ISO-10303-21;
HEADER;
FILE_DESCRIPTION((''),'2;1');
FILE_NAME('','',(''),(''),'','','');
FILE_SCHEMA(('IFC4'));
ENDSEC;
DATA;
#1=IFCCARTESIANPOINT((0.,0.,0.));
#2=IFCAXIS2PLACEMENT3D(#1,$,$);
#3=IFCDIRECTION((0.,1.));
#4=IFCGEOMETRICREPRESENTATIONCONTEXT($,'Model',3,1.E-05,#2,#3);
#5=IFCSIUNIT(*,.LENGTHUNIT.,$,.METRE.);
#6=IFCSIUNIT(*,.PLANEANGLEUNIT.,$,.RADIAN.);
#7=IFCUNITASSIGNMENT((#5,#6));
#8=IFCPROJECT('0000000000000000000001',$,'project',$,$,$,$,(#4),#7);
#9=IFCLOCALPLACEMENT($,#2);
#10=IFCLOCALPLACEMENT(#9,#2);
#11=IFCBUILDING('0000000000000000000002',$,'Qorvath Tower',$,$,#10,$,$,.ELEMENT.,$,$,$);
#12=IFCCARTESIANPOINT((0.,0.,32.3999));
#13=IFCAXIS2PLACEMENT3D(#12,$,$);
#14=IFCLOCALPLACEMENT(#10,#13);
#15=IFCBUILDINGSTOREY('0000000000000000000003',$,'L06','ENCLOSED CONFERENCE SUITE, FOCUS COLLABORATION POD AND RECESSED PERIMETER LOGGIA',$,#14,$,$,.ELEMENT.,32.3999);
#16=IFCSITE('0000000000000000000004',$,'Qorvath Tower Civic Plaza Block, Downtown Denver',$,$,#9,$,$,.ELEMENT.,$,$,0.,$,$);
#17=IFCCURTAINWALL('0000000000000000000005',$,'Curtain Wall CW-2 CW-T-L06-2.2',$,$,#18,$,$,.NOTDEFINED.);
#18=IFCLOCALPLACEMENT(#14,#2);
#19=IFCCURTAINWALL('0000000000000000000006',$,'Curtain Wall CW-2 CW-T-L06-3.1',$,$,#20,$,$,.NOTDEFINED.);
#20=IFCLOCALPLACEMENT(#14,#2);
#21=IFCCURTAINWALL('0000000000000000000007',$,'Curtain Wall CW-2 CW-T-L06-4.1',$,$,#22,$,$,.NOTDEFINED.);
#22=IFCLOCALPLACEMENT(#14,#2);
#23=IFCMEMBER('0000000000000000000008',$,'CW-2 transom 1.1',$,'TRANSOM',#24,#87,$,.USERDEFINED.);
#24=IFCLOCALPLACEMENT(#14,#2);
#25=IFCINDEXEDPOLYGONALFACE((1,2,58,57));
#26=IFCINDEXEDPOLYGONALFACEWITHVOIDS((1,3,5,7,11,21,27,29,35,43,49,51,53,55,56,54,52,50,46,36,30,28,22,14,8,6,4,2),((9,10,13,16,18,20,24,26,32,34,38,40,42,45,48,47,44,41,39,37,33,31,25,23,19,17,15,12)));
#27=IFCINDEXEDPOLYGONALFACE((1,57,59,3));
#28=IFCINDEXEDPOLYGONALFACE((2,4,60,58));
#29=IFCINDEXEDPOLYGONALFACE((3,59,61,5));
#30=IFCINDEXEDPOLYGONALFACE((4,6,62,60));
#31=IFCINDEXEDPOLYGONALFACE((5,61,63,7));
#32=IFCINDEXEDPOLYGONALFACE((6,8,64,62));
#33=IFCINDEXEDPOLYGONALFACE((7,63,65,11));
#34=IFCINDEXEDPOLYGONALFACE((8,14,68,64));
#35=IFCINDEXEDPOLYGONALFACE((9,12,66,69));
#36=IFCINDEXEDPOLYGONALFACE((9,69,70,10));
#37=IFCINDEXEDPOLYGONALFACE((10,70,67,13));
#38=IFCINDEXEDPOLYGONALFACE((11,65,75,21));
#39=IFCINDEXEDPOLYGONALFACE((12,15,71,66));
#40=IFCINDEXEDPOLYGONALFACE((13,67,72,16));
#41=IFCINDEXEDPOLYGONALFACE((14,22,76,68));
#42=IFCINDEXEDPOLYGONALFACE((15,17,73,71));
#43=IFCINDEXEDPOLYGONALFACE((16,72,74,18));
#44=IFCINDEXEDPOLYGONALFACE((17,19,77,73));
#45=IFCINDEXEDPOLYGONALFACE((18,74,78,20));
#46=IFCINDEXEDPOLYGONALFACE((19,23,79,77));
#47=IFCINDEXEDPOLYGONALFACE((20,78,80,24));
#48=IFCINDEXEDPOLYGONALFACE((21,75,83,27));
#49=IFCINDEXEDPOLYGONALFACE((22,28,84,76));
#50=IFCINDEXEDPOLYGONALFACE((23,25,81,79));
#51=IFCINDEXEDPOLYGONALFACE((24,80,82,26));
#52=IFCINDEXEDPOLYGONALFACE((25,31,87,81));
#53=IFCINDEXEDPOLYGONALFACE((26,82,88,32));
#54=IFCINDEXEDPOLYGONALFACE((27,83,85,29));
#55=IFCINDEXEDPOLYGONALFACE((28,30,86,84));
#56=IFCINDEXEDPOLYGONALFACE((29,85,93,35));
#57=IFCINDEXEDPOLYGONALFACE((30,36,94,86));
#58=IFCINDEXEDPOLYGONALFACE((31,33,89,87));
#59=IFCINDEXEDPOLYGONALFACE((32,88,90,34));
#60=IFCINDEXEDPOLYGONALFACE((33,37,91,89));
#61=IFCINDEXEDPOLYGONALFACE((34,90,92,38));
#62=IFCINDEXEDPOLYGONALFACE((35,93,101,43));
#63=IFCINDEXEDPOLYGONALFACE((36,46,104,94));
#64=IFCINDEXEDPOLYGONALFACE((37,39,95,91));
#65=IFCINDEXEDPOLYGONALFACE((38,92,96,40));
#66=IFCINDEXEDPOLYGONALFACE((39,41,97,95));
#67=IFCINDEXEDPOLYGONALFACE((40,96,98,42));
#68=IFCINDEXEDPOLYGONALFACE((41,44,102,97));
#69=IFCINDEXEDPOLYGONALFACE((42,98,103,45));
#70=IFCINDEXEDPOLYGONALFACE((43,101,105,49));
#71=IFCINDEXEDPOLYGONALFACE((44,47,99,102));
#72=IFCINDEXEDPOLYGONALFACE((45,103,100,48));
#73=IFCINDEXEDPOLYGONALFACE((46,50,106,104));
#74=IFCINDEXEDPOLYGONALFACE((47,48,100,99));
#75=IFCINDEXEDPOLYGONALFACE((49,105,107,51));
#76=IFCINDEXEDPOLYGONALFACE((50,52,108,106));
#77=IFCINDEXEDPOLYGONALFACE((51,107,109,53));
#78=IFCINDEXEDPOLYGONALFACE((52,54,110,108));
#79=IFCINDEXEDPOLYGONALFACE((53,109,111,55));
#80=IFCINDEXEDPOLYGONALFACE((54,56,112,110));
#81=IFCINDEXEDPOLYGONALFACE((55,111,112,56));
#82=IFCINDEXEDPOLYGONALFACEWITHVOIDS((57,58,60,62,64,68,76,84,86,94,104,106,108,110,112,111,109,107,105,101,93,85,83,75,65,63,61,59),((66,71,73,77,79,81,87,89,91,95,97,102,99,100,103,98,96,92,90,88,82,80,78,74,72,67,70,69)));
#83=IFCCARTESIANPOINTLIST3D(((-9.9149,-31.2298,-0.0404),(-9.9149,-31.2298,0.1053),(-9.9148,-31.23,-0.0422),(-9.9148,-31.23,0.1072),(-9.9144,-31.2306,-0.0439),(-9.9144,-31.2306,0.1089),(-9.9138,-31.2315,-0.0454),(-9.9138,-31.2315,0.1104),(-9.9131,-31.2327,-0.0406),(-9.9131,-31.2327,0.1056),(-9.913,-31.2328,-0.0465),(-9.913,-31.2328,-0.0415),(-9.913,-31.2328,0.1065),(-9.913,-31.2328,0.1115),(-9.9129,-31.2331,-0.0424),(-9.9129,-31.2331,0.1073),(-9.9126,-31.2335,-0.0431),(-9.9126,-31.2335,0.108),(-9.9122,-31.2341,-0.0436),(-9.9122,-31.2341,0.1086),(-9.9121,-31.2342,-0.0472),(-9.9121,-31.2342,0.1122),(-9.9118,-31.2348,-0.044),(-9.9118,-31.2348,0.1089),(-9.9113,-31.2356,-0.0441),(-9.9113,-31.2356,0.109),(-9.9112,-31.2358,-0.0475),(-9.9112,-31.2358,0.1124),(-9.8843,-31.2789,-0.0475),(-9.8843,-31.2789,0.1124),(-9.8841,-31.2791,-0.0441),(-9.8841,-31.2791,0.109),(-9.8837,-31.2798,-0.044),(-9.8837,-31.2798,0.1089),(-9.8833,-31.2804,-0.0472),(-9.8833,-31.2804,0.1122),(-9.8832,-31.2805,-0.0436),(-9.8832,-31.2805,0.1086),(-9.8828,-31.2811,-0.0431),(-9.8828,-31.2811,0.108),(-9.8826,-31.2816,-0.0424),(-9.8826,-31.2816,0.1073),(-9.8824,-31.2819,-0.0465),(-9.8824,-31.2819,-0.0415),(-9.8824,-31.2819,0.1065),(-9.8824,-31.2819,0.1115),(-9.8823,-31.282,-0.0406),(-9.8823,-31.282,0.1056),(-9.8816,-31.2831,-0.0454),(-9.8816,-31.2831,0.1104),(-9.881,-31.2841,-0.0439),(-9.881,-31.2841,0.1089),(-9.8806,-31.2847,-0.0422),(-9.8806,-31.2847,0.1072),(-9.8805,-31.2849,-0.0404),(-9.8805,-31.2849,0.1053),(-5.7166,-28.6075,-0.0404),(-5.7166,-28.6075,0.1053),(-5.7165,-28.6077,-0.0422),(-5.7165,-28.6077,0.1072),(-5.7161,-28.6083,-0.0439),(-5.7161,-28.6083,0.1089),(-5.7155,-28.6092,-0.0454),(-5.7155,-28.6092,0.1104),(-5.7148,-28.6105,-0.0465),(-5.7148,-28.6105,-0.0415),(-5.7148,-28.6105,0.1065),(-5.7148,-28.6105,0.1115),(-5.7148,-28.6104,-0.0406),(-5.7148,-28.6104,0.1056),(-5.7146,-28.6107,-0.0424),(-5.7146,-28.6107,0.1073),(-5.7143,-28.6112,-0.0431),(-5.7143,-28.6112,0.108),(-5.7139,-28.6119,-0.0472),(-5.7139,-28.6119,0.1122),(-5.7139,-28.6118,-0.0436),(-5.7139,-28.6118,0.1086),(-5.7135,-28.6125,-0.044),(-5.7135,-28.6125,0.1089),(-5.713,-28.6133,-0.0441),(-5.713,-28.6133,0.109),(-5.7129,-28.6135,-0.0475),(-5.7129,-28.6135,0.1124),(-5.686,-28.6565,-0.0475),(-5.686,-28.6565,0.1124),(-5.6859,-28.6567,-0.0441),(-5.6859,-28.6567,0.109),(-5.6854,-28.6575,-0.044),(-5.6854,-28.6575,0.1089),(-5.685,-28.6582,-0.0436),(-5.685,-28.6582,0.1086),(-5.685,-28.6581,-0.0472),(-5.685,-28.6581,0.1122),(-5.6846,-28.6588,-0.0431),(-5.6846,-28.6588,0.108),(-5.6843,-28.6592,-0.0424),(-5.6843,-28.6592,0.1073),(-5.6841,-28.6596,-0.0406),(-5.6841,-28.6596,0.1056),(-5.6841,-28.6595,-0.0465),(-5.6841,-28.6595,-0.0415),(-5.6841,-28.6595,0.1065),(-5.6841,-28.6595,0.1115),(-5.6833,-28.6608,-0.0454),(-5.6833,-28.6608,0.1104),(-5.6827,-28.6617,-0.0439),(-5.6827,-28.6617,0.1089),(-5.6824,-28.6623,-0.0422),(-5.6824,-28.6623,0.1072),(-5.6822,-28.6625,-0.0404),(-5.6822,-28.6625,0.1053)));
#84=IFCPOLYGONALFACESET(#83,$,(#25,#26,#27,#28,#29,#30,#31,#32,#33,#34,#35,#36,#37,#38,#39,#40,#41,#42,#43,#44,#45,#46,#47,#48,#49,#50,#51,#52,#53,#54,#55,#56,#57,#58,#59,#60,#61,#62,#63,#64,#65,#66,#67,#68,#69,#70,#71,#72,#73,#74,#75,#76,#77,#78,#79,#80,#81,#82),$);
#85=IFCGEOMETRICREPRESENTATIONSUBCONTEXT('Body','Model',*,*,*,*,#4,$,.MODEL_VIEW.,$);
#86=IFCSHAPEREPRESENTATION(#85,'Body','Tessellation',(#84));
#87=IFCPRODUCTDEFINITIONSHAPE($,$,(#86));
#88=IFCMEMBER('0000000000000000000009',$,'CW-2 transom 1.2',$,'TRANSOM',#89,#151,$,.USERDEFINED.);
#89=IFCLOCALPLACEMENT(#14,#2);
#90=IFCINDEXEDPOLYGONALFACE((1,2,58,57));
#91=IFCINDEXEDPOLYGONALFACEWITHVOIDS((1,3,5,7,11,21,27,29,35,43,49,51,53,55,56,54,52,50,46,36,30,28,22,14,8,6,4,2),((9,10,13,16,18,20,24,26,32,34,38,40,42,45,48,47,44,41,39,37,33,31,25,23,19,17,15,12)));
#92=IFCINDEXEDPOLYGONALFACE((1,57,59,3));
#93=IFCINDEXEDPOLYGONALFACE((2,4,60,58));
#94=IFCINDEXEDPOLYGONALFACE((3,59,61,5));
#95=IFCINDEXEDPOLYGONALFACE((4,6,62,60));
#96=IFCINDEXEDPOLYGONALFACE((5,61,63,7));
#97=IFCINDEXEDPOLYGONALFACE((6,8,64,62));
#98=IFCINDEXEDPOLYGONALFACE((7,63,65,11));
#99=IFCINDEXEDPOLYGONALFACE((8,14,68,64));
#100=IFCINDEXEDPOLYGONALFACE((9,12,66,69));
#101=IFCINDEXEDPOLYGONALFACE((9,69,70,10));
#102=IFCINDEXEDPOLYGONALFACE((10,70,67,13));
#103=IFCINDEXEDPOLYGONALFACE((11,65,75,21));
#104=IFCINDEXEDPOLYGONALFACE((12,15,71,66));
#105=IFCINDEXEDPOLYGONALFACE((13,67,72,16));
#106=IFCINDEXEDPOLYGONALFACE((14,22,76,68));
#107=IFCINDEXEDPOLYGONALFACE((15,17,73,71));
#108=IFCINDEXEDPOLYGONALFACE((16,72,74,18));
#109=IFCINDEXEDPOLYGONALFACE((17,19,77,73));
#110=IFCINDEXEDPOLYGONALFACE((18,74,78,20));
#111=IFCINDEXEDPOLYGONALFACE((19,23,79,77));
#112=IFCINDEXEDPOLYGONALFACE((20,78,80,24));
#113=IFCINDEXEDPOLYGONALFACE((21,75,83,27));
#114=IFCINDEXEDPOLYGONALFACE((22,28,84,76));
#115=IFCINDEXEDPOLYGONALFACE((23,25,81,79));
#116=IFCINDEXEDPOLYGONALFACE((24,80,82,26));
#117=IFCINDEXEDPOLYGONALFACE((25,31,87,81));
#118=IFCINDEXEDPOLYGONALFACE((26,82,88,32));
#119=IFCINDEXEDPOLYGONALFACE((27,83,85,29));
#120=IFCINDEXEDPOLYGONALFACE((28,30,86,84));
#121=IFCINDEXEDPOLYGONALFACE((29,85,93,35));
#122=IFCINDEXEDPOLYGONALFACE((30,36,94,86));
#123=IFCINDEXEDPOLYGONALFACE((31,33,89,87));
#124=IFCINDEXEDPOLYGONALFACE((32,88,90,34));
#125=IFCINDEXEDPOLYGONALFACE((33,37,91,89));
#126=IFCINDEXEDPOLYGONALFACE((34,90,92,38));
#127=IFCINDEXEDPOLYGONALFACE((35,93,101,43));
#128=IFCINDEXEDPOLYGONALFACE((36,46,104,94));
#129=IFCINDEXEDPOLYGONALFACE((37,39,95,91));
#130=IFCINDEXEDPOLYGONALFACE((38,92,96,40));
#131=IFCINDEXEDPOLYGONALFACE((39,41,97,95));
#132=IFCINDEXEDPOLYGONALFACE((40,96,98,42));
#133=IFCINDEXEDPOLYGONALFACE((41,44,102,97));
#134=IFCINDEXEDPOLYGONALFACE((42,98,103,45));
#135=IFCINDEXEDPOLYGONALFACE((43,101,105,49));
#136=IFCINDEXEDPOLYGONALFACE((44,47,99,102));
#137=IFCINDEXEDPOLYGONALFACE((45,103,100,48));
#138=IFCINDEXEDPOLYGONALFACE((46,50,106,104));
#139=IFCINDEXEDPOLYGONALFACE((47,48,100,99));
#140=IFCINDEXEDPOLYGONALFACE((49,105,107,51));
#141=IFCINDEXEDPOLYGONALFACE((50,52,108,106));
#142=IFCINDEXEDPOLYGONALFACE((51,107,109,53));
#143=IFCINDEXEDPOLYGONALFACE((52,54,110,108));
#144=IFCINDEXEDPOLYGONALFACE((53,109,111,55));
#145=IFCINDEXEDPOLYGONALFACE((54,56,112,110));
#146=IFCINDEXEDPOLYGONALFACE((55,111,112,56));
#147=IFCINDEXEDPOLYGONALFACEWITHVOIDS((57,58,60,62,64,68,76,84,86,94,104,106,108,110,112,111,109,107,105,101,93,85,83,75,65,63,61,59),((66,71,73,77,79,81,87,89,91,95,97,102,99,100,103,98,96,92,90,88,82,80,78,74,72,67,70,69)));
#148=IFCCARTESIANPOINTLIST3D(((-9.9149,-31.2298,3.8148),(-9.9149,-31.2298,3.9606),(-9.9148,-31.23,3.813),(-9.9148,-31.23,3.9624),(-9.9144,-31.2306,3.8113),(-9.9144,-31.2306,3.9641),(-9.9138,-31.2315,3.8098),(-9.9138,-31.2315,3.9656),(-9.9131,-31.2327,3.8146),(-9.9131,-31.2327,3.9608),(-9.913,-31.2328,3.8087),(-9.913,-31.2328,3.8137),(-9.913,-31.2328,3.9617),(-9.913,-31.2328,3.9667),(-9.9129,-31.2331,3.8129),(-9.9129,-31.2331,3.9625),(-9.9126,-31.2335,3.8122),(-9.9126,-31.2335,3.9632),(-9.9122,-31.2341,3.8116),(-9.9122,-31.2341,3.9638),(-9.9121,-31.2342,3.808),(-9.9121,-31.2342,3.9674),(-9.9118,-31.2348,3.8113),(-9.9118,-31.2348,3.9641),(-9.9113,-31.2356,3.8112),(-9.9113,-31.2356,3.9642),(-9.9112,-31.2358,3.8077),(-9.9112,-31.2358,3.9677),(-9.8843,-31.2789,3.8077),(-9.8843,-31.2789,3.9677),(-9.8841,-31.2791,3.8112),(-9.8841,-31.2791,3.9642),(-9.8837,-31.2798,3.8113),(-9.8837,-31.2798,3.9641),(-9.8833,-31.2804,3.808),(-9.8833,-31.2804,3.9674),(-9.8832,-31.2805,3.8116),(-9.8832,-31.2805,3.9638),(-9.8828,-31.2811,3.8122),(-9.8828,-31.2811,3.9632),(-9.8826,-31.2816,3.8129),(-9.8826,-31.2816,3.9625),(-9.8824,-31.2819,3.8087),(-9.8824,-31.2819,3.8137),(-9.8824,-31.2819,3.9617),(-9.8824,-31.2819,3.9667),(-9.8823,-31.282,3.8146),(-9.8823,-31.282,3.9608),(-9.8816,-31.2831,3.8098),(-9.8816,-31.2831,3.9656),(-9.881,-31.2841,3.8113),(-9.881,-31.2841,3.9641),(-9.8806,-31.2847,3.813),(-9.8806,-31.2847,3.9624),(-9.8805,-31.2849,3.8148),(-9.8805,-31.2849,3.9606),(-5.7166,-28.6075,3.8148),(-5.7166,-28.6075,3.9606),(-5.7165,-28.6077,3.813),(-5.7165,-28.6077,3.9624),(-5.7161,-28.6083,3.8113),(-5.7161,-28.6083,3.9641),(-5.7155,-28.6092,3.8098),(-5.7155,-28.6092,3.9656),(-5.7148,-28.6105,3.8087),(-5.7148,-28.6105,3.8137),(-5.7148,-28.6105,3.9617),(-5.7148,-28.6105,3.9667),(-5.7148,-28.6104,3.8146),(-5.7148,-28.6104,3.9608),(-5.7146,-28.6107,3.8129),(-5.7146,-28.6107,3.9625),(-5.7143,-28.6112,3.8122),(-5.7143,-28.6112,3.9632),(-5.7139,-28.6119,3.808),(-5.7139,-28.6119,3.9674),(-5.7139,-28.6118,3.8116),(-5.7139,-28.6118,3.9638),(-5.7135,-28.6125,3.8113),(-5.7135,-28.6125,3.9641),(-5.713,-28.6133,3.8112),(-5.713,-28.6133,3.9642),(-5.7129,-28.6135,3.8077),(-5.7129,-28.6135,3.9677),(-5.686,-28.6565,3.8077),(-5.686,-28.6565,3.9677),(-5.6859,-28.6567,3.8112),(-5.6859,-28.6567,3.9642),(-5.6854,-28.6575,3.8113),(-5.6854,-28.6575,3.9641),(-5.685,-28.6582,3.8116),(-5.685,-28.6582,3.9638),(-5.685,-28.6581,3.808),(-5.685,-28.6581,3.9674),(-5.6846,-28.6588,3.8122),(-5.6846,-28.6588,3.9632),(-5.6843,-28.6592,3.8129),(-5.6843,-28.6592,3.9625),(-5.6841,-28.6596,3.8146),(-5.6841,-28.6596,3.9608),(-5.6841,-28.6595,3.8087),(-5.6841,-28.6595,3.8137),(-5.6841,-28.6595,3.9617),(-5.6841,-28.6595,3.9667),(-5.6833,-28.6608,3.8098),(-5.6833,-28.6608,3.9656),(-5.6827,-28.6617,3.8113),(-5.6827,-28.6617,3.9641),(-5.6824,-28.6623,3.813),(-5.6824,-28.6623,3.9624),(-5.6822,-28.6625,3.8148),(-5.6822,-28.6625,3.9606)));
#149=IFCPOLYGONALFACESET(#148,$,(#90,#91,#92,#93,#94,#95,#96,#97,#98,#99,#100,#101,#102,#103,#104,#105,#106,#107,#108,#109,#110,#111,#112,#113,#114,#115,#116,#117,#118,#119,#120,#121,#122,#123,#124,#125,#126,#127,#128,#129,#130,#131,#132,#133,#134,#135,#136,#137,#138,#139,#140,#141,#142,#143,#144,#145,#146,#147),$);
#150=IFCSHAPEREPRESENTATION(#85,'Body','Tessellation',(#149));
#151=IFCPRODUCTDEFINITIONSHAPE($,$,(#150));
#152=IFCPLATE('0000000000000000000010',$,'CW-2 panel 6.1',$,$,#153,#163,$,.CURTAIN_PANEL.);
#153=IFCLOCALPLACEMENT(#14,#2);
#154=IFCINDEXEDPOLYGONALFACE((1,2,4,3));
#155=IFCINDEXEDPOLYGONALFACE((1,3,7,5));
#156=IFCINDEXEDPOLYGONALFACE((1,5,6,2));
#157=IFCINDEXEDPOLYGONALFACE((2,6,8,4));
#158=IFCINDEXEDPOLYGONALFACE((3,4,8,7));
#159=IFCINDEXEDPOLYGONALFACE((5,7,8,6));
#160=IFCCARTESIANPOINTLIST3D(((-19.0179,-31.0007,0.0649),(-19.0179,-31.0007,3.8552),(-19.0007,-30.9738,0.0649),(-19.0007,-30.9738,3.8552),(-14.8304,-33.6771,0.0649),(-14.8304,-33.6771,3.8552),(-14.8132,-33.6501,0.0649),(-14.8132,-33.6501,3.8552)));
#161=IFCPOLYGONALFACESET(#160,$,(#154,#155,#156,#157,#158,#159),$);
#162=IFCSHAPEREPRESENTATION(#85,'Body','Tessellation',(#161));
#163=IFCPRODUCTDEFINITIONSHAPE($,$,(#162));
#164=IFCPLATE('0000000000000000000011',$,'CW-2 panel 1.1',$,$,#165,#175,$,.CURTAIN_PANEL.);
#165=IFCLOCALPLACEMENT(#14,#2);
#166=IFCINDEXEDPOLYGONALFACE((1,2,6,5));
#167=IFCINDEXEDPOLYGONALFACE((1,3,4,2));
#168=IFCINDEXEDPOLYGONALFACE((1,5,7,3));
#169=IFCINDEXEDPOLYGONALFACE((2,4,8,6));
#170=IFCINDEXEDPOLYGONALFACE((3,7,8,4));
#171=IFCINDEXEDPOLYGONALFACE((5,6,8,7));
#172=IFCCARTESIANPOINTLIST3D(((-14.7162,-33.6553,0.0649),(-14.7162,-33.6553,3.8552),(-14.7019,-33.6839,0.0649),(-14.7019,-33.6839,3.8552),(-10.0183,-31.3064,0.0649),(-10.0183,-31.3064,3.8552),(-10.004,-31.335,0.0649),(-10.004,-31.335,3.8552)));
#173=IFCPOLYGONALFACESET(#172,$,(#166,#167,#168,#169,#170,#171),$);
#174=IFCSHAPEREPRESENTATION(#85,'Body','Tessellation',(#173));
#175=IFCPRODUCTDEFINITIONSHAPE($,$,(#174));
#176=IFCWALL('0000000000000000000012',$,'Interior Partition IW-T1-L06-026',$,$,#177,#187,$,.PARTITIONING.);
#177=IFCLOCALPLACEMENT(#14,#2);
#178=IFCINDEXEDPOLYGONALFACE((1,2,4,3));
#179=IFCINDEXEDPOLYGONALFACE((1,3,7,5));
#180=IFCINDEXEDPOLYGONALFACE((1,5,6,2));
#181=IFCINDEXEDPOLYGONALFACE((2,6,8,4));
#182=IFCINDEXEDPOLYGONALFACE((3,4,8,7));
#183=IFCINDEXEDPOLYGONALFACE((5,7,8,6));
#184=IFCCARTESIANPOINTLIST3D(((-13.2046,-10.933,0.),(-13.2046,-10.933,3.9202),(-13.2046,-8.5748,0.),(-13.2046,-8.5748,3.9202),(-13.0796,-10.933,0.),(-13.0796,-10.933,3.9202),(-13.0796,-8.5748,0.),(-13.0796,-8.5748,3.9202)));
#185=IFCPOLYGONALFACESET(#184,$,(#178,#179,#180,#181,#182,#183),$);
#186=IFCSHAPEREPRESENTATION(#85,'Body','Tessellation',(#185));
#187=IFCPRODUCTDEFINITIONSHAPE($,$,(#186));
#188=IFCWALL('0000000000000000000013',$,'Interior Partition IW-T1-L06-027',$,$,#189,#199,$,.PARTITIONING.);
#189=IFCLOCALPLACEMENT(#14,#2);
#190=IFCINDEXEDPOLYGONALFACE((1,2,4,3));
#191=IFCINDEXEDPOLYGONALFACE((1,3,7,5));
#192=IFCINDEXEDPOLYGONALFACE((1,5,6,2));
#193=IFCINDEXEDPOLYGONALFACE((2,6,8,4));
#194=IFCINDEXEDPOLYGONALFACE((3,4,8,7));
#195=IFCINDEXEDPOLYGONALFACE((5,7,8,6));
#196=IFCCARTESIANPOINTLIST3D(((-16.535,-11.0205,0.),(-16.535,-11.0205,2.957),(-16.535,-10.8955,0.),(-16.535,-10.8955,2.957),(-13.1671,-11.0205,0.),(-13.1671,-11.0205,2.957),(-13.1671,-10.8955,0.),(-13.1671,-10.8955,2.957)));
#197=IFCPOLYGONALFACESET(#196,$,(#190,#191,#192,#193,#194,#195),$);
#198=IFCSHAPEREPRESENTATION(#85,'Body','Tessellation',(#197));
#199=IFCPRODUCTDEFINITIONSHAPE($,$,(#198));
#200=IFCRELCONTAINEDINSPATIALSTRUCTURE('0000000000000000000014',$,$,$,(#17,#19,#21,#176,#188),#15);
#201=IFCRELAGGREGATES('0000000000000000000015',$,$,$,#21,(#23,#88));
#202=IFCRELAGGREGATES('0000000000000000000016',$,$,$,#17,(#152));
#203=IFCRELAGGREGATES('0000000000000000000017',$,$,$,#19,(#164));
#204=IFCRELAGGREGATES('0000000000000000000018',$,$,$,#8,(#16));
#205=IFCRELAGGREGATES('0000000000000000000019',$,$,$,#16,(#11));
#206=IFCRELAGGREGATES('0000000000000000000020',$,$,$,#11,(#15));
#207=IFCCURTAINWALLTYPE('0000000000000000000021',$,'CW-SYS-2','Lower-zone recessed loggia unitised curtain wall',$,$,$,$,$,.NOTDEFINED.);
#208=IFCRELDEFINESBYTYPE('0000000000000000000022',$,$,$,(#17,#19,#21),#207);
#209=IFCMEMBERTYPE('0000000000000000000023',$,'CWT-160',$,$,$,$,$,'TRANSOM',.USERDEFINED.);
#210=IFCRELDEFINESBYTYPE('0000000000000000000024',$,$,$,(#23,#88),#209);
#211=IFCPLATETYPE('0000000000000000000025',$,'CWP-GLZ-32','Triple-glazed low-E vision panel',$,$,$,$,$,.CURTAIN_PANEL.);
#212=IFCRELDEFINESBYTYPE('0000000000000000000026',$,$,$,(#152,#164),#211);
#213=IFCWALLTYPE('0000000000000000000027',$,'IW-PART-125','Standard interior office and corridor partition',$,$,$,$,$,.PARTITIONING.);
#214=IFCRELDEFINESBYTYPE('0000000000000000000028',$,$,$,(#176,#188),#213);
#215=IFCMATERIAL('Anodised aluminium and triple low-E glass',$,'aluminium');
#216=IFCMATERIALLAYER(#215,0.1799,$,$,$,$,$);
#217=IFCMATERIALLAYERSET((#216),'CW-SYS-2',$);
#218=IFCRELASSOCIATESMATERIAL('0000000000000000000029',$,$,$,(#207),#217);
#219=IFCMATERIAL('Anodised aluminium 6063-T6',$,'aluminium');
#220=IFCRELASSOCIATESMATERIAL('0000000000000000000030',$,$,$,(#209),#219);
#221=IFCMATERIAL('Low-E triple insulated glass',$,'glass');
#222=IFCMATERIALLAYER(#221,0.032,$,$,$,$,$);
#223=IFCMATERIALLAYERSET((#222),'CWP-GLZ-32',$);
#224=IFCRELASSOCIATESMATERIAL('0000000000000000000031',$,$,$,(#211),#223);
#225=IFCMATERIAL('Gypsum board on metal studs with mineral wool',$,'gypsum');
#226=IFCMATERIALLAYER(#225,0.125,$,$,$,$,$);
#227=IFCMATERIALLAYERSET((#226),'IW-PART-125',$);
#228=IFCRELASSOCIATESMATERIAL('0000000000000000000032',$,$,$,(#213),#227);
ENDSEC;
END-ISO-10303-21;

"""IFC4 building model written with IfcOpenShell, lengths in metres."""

from ifc_helpers import new_model, si_unit, direction, frame, frame_2d, origin, origin_2d, place, context, subcontext, project, spatial, rectangle, hollow_rectangle, extrude, material, layer, layer_set, material_profile, profile_set, type_object, element, aggregate, save


model = new_model("IFC4")

# Units and contexts
model_context = context("Model", 3, precision=1e-05, world=origin(), true_north=direction((0.0, 1.0)))
body_context = subcontext(model_context, "Body", "Model", "MODEL_VIEW")
ifc_project = project(units=[si_unit("LENGTHUNIT", "METRE"), si_unit("PLANEANGLEUNIT", "RADIAN")], contexts=[model_context])

# Site, building, storey
site_placement = place(None, origin())
site = spatial("IfcSite", under=ifc_project, at=site_placement, Name="Qorvath Tower Civic Plaza Block, Downtown Denver", CompositionType="ELEMENT", RefElevation=0.0)
building_placement = place(site_placement, origin())
building = spatial("IfcBuilding", under=site, at=building_placement, Name="Qorvath Tower", CompositionType="ELEMENT")
storey_placement = place(building_placement, frame((0.0, 0.0, 32.3999)))
storey = spatial("IfcBuildingStorey", under=building, at=storey_placement, Name="L06", Description="ENCLOSED CONFERENCE SUITE, FOCUS COLLABORATION POD AND RECESSED PERIMETER LOGGIA", CompositionType="ELEMENT", Elevation=32.3999)

# Curtain walls
ifc_material_1 = material(Name="Anodised aluminium and triple low-E glass", Category="aluminium")
ifc_layer_1 = layer(ifc_material_1, 0.1799)
ifc_layer_set_1 = layer_set([ifc_layer_1], Name="CW-SYS-2")
curtain_wall_type = type_object("IfcCurtainWallType", Name="CW-SYS-2", Description="Lower-zone recessed loggia unitised curtain wall", PredefinedType="NOTDEFINED", material=ifc_layer_set_1)
curtain_wall_1_placement = place(storey_placement, origin())
curtain_wall_1 = element("IfcCurtainWall", 1, at=curtain_wall_1_placement, inside=storey, type_object=curtain_wall_type, Name="Curtain Wall CW-2 CW-T-L06-2.2", PredefinedType="NOTDEFINED")
curtain_wall_2_placement = place(storey_placement, origin())
curtain_wall_2 = element("IfcCurtainWall", 2, at=curtain_wall_2_placement, inside=storey, type_object=curtain_wall_type, Name="Curtain Wall CW-2 CW-T-L06-3.1", PredefinedType="NOTDEFINED")

# Curtain wall
curtain_wall_3_placement = place(storey_placement, origin())
curtain_wall_3 = element("IfcCurtainWall", 3, at=curtain_wall_3_placement, inside=storey, type_object=curtain_wall_type, Name="Curtain Wall CW-2 CW-T-L06-4.1", PredefinedType="NOTDEFINED")

# Members
ifc_material_2 = material(Name="Anodised aluminium 6063-T6", Category="aluminium")
ifc_material_profile_1 = material_profile(ifc_material_2, hollow_rectangle(XDim=0.0649, YDim=0.1599, WallThickness=0.0034, InnerFilletRadius=0.0034, OuterFilletRadius=0.0071, at=origin_2d()), Name="CWT 160x65")
ifc_profile_set_1 = profile_set([ifc_material_profile_1], Name="Anodised aluminium 6063-T6")
member_type_1 = type_object("IfcMemberType", Name="CWT-160", ElementType="TRANSOM", PredefinedType="USERDEFINED", material=ifc_profile_set_1)
member_1_placement = place(storey_placement, frame((-9.8977, -31.2573, 0.0325), z_axis=(0.848142, 0.529768, 0.0), x_axis=(-0.529768, 0.848142, 0.0)))
member_1 = element("IfcMember", 4, at=member_1_placement, type_object=member_type_1, Name="CW-2 transom 1.1", ObjectType="TRANSOM", PredefinedType="USERDEFINED", context=body_context, shape_type="SweptSolid", body=[
    extrude(hollow_rectangle(XDim=0.0649, YDim=0.1599, WallThickness=0.0034, InnerFilletRadius=0.0034, OuterFilletRadius=0.0071, at=origin_2d()), origin(), (0.0, 0.0, 1.0), 4.95),
])
member_2_placement = place(storey_placement, frame((-9.8977, -31.2573, 3.8877), z_axis=(0.848142, 0.529768, 0.0), x_axis=(-0.529768, 0.848142, 0.0)))
member_2 = element("IfcMember", 5, at=member_2_placement, type_object=member_type_1, Name="CW-2 transom 1.2", ObjectType="TRANSOM", PredefinedType="USERDEFINED", context=body_context, shape_type="SweptSolid", body=[
    extrude(hollow_rectangle(XDim=0.0649, YDim=0.1599, WallThickness=0.0034, InnerFilletRadius=0.0034, OuterFilletRadius=0.0071, at=origin_2d()), origin(), (0.0, 0.0, 1.0), 4.95),
])
aggregate(curtain_wall_3, [member_1, member_2])

# Plates
ifc_material_3 = material(Name="Low-E triple insulated glass", Category="glass")
ifc_layer_2 = layer(ifc_material_3, 0.032)
ifc_layer_set_2 = layer_set([ifc_layer_2], Name="CWP-GLZ-32")
plate_type = type_object("IfcPlateType", Name="CWP-GLZ-32", Description="Triple-glazed low-E vision panel", PredefinedType="CURTAIN_PANEL", material=ifc_layer_set_2)
plate_1_placement = place(storey_placement, frame((-16.9155, -32.3254, 0.0649), z_axis=(0.0, 0.0, 1.0), x_axis=(0.842605, -0.538533, 0.0)))
plate_1 = element("IfcPlate", 6, at=plate_1_placement, type_object=plate_type, Name="CW-2 panel 6.1", PredefinedType="CURTAIN_PANEL", context=body_context, shape_type="SweptSolid", body=[
    extrude(rectangle(XDim=4.9697, YDim=0.032, at=origin_2d()), origin(), (0.0, 0.0, 1.0), 3.7903),
])
aggregate(curtain_wall_1, [plate_1])
plate_2_placement = place(storey_placement, frame((-12.3601, -32.4951, 0.0649), z_axis=(0.0, 0.0, 1.0), x_axis=(0.894435, 0.447199, 0.0)))
plate_2 = element("IfcPlate", 7, at=plate_2_placement, type_object=plate_type, Name="CW-2 panel 1.1", PredefinedType="CURTAIN_PANEL", context=body_context, shape_type="SweptSolid", body=[
    extrude(rectangle(XDim=5.2524, YDim=0.032, at=origin_2d()), origin(), (0.0, 0.0, 1.0), 3.7903),
])
aggregate(curtain_wall_2, [plate_2])

# Walls
ifc_material_4 = material(Name="Gypsum board on metal studs with mineral wool", Category="gypsum")
ifc_layer_3 = layer(ifc_material_4, 0.125)
ifc_layer_set_3 = layer_set([ifc_layer_3], Name="IW-PART-125")
wall_type_1 = type_object("IfcWallType", Name="IW-PART-125", Description="Standard interior office and corridor partition", PredefinedType="PARTITIONING", material=ifc_layer_set_3)
wall_1_placement = place(storey_placement, frame((-13.1421, -10.9331, 0.0), z_axis=(0.0, 0.0, 1.0), x_axis=(0.0, 1.0, 0.0)))
element("IfcWall", 8, at=wall_1_placement, inside=storey, type_object=wall_type_1, Name="Interior Partition IW-T1-L06-026", PredefinedType="PARTITIONING", context=body_context, shape_type="SweptSolid", body=[
    extrude(rectangle(XDim=2.3582, YDim=0.125, at=frame_2d((1.1792, 0.0))), origin(), (0.0, 0.0, 1.0), 3.9202),
])
wall_2_placement = place(storey_placement, frame((-13.167, -10.958, 0.0), z_axis=(0.0, 0.0, 1.0), x_axis=(-1.0, 0.0, 0.0)))
element("IfcWall", 9, at=wall_2_placement, inside=storey, type_object=wall_type_1, Name="Interior Partition IW-T1-L06-027", PredefinedType="PARTITIONING", context=body_context, shape_type="SweptSolid", body=[
    extrude(rectangle(XDim=3.3679, YDim=0.125, at=frame_2d((1.6841, 0.0))), origin(), (0.0, 0.0, 1.0), 2.957),
])

save(model, "model.ifc")
